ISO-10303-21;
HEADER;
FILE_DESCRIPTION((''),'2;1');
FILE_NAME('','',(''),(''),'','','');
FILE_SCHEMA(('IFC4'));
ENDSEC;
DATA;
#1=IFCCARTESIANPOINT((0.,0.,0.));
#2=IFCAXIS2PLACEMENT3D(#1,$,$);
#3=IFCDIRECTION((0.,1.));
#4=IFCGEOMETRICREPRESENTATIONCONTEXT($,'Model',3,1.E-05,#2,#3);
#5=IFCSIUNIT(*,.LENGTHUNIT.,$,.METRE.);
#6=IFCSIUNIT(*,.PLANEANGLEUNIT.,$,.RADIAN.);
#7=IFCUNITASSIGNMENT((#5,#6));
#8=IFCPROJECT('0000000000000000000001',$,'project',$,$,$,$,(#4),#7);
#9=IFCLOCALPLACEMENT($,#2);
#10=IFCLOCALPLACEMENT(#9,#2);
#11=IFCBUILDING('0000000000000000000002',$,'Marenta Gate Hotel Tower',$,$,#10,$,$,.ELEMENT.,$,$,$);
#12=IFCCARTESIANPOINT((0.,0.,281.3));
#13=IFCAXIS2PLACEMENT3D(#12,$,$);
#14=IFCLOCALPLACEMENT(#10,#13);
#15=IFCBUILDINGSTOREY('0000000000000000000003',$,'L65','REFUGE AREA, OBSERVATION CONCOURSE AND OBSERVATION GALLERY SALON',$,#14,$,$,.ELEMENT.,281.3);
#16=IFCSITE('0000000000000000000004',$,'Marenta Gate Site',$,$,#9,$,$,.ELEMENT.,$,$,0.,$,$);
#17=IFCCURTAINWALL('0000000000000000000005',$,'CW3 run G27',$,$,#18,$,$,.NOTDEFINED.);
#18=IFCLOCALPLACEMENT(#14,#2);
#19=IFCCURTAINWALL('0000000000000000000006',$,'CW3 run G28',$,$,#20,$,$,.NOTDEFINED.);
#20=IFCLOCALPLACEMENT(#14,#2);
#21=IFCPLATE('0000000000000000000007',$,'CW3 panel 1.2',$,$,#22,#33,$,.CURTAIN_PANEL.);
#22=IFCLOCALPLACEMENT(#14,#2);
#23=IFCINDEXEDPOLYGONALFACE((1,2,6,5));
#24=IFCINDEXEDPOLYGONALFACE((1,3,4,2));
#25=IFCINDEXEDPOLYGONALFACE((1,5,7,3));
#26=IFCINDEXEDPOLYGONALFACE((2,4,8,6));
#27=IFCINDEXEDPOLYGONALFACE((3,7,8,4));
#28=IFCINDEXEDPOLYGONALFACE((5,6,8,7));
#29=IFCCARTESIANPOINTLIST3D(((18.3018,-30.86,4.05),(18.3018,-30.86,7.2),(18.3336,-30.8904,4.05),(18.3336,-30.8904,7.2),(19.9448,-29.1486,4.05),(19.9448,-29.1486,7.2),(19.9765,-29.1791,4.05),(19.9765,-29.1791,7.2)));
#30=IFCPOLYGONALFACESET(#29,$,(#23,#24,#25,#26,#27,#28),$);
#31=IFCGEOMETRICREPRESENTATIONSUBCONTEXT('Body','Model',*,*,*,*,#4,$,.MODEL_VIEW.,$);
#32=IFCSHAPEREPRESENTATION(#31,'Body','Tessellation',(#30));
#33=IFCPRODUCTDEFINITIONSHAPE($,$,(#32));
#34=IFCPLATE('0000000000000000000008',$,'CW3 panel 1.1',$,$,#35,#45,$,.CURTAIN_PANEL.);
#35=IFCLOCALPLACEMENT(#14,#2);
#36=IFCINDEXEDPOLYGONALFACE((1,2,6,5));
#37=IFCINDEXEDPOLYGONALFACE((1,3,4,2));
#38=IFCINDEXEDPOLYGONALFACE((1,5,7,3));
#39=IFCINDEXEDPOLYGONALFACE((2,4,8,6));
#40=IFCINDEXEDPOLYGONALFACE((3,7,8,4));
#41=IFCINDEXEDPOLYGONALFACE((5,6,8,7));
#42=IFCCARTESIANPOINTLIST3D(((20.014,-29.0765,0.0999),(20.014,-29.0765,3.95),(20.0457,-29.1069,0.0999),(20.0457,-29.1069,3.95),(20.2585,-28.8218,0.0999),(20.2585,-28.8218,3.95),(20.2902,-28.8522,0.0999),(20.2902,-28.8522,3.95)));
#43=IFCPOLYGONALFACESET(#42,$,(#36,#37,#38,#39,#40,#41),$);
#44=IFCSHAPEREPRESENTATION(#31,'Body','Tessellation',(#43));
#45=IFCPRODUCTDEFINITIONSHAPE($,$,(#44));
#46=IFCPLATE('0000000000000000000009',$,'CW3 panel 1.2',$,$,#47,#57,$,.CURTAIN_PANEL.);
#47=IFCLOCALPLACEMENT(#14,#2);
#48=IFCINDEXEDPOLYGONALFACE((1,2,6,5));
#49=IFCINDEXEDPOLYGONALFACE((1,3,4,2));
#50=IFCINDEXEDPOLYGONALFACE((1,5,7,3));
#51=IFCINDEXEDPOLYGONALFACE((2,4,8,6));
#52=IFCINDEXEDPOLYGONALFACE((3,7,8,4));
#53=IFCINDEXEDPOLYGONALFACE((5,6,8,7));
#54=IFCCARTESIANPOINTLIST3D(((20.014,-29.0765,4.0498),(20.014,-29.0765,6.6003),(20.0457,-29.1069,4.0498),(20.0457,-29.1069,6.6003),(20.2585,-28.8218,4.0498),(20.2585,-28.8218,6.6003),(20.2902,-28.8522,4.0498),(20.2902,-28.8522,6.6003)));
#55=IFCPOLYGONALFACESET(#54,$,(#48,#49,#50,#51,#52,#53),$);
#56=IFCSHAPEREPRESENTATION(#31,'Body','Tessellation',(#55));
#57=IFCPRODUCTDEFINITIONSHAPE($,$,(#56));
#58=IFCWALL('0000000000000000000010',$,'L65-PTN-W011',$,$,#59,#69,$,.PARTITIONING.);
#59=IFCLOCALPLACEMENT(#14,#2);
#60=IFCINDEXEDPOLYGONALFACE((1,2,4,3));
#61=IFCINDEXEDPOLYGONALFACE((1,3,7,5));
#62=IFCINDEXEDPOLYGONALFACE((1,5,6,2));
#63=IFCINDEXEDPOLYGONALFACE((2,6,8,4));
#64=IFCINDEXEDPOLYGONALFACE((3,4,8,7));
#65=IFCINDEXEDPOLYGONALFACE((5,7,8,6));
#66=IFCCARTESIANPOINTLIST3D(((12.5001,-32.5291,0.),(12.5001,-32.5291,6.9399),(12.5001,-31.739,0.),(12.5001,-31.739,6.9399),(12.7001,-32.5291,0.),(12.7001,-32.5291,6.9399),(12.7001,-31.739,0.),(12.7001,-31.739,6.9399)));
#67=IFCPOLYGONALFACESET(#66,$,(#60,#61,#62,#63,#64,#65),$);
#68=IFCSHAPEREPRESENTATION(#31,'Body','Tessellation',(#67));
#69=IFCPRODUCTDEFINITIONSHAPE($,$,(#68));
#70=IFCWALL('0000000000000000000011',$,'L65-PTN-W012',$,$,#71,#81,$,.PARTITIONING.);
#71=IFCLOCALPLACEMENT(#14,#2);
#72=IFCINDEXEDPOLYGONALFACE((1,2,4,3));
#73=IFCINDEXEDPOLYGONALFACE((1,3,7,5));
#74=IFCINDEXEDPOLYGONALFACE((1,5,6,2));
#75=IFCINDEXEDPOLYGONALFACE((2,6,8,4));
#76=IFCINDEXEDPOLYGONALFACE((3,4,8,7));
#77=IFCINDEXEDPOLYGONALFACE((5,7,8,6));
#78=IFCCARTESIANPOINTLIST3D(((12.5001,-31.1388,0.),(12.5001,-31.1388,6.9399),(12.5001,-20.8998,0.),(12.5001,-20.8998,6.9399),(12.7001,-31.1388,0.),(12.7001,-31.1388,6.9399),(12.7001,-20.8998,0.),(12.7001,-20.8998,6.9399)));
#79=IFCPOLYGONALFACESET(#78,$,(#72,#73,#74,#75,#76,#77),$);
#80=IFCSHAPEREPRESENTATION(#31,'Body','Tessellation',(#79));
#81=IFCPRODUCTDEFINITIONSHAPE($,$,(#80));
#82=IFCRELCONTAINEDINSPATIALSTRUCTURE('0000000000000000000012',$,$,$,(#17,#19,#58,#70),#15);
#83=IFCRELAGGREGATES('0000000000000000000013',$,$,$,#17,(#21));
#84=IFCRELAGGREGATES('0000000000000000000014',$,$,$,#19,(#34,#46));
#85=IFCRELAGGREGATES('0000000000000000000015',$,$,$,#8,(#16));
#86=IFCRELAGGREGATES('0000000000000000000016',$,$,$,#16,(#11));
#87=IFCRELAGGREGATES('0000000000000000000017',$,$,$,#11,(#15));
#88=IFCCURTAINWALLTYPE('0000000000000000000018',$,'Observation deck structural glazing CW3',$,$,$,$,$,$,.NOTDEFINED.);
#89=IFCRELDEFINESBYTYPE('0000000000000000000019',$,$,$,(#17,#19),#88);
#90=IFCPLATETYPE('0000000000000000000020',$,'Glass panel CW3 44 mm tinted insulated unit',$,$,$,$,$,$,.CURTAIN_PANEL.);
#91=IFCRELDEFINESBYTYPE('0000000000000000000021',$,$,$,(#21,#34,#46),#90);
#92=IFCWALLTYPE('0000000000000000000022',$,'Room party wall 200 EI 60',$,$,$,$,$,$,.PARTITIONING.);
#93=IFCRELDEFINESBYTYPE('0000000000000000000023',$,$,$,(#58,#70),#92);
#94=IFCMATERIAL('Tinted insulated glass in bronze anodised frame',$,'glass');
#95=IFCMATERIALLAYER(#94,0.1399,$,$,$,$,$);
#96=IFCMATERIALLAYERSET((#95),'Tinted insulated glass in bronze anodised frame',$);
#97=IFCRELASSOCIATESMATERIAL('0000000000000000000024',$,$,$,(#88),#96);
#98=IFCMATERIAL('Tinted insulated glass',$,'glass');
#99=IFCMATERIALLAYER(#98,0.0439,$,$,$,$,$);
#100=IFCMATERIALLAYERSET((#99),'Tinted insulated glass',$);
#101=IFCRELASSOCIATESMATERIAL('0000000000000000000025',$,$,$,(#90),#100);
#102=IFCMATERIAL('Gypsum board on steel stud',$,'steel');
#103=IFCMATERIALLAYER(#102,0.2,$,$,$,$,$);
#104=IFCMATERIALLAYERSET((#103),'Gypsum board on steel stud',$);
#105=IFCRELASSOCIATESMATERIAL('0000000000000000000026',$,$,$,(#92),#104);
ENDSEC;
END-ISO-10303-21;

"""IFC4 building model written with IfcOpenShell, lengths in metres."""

from ifc_helpers import new_model, si_unit, direction, frame, frame_2d, origin, origin_2d, place, context, subcontext, project, spatial, rectangle, extrude, material, layer, layer_set, type_object, element, aggregate, save


model = new_model("IFC4")

# Units and contexts
model_context = context("Model", 3, precision=1e-05, world=origin(), true_north=direction((0.0, 1.0)))
body_context = subcontext(model_context, "Body", "Model", "MODEL_VIEW")
ifc_project = project(units=[si_unit("LENGTHUNIT", "METRE"), si_unit("PLANEANGLEUNIT", "RADIAN")], contexts=[model_context])

# Site, building, storey
site_placement = place(None, origin())
site = spatial("IfcSite", under=ifc_project, at=site_placement, Name="Marenta Gate Site", CompositionType="ELEMENT", RefElevation=0.0)
building_placement = place(site_placement, origin())
building = spatial("IfcBuilding", under=site, at=building_placement, Name="Marenta Gate Hotel Tower", CompositionType="ELEMENT")
storey_placement = place(building_placement, frame((0.0, 0.0, 281.3)))
storey = spatial("IfcBuildingStorey", under=building, at=storey_placement, Name="L65", Description="REFUGE AREA, OBSERVATION CONCOURSE AND OBSERVATION GALLERY SALON", CompositionType="ELEMENT", Elevation=281.3)

# Shared definitions
ifc_material_1 = material(Name="Tinted insulated glass in bronze anodised frame", Category="glass")
ifc_layer_1 = layer(ifc_material_1, 0.1399)
ifc_layer_set_1 = layer_set([ifc_layer_1], Name="Tinted insulated glass in bronze anodised frame")
curtain_wall_type = type_object("IfcCurtainWallType", Name="Observation deck structural glazing CW3", PredefinedType="NOTDEFINED", material=ifc_layer_set_1)

# Curtain walls
curtain_wall_1_placement = place(storey_placement, origin())
curtain_wall_1 = element("IfcCurtainWall", 1, at=curtain_wall_1_placement, inside=storey, type_object=curtain_wall_type, Name="CW3 run G27", PredefinedType="NOTDEFINED")
curtain_wall_2_placement = place(storey_placement, origin())
curtain_wall_2 = element("IfcCurtainWall", 2, at=curtain_wall_2_placement, inside=storey, type_object=curtain_wall_type, Name="CW3 run G28", PredefinedType="NOTDEFINED")

# Plates
ifc_material_2 = material(Name="Tinted insulated glass", Category="glass")
ifc_layer_2 = layer(ifc_material_2, 0.0439)
ifc_layer_set_2 = layer_set([ifc_layer_2], Name="Tinted insulated glass")
plate_type = type_object("IfcPlateType", Name="Glass panel CW3 44 mm tinted insulated unit", PredefinedType="CURTAIN_PANEL", material=ifc_layer_set_2)
plate_1_placement = place(storey_placement, frame((19.1392, -30.0195, 4.05), z_axis=(0.0, 0.0, 1.0), x_axis=(0.692539, 0.72138, 0.0)))
plate_1 = element("IfcPlate", 3, at=plate_1_placement, type_object=plate_type, Name="CW3 panel 1.2", PredefinedType="CURTAIN_PANEL", context=body_context, shape_type="SweptSolid", body=[
    extrude(rectangle(XDim=2.3723, YDim=0.0439, at=origin_2d()), origin(), (0.0, 0.0, 1.0), 3.1499),
])
aggregate(curtain_wall_1, [plate_1])
plate_2_placement = place(storey_placement, frame((20.1521, -28.9644, 0.0999), z_axis=(0.0, 0.0, 1.0), x_axis=(0.6925, 0.721418, 0.0)))
plate_2 = element("IfcPlate", 4, at=plate_2_placement, type_object=plate_type, Name="CW3 panel 1.1", PredefinedType="CURTAIN_PANEL", context=body_context, shape_type="SweptSolid", body=[
    extrude(rectangle(XDim=0.353, YDim=0.0439, at=origin_2d()), origin(), (0.0, 0.0, 1.0), 3.8501),
])
plate_3_placement = place(storey_placement, frame((20.1521, -28.9644, 4.0498), z_axis=(0.0, 0.0, 1.0), x_axis=(0.6925, 0.721418, 0.0)))
plate_3 = element("IfcPlate", 5, at=plate_3_placement, type_object=plate_type, Name="CW3 panel 1.2", PredefinedType="CURTAIN_PANEL", context=body_context, shape_type="SweptSolid", body=[
    extrude(rectangle(XDim=0.353, YDim=0.0439, at=origin_2d()), origin(), (0.0, 0.0, 1.0), 2.5505),
])
aggregate(curtain_wall_2, [plate_2, plate_3])

# Walls
ifc_material_3 = material(Name="Gypsum board on steel stud", Category="steel")
ifc_layer_3 = layer(ifc_material_3, 0.2)
ifc_layer_set_3 = layer_set([ifc_layer_3], Name="Gypsum board on steel stud")
wall_type = type_object("IfcWallType", Name="Room party wall 200 EI 60", PredefinedType="PARTITIONING", material=ifc_layer_set_3)
wall_1_placement = place(storey_placement, frame((12.6001, -32.5291, 0.0), z_axis=(0.0, 0.0, 1.0), x_axis=(0.0, 1.0, 0.0)))
element("IfcWall", 6, at=wall_1_placement, inside=storey, type_object=wall_type, Name="L65-PTN-W011", PredefinedType="PARTITIONING", context=body_context, shape_type="SweptSolid", body=[
    extrude(rectangle(XDim=0.79, YDim=0.2, at=frame_2d((0.395, 0.0))), origin(), (0.0, 0.0, 1.0), 6.9399),
])
wall_2_placement = place(storey_placement, frame((12.6001, -31.1389, 0.0), z_axis=(0.0, 0.0, 1.0), x_axis=(0.0, 1.0, 0.0)))
element("IfcWall", 7, at=wall_2_placement, inside=storey, type_object=wall_type, Name="L65-PTN-W012", PredefinedType="PARTITIONING", context=body_context, shape_type="SweptSolid", body=[
    extrude(rectangle(XDim=10.239, YDim=0.2, at=frame_2d((5.1196, 0.0))), origin(), (0.0, 0.0, 1.0), 6.9399),
])

save(model, "model.ifc")
